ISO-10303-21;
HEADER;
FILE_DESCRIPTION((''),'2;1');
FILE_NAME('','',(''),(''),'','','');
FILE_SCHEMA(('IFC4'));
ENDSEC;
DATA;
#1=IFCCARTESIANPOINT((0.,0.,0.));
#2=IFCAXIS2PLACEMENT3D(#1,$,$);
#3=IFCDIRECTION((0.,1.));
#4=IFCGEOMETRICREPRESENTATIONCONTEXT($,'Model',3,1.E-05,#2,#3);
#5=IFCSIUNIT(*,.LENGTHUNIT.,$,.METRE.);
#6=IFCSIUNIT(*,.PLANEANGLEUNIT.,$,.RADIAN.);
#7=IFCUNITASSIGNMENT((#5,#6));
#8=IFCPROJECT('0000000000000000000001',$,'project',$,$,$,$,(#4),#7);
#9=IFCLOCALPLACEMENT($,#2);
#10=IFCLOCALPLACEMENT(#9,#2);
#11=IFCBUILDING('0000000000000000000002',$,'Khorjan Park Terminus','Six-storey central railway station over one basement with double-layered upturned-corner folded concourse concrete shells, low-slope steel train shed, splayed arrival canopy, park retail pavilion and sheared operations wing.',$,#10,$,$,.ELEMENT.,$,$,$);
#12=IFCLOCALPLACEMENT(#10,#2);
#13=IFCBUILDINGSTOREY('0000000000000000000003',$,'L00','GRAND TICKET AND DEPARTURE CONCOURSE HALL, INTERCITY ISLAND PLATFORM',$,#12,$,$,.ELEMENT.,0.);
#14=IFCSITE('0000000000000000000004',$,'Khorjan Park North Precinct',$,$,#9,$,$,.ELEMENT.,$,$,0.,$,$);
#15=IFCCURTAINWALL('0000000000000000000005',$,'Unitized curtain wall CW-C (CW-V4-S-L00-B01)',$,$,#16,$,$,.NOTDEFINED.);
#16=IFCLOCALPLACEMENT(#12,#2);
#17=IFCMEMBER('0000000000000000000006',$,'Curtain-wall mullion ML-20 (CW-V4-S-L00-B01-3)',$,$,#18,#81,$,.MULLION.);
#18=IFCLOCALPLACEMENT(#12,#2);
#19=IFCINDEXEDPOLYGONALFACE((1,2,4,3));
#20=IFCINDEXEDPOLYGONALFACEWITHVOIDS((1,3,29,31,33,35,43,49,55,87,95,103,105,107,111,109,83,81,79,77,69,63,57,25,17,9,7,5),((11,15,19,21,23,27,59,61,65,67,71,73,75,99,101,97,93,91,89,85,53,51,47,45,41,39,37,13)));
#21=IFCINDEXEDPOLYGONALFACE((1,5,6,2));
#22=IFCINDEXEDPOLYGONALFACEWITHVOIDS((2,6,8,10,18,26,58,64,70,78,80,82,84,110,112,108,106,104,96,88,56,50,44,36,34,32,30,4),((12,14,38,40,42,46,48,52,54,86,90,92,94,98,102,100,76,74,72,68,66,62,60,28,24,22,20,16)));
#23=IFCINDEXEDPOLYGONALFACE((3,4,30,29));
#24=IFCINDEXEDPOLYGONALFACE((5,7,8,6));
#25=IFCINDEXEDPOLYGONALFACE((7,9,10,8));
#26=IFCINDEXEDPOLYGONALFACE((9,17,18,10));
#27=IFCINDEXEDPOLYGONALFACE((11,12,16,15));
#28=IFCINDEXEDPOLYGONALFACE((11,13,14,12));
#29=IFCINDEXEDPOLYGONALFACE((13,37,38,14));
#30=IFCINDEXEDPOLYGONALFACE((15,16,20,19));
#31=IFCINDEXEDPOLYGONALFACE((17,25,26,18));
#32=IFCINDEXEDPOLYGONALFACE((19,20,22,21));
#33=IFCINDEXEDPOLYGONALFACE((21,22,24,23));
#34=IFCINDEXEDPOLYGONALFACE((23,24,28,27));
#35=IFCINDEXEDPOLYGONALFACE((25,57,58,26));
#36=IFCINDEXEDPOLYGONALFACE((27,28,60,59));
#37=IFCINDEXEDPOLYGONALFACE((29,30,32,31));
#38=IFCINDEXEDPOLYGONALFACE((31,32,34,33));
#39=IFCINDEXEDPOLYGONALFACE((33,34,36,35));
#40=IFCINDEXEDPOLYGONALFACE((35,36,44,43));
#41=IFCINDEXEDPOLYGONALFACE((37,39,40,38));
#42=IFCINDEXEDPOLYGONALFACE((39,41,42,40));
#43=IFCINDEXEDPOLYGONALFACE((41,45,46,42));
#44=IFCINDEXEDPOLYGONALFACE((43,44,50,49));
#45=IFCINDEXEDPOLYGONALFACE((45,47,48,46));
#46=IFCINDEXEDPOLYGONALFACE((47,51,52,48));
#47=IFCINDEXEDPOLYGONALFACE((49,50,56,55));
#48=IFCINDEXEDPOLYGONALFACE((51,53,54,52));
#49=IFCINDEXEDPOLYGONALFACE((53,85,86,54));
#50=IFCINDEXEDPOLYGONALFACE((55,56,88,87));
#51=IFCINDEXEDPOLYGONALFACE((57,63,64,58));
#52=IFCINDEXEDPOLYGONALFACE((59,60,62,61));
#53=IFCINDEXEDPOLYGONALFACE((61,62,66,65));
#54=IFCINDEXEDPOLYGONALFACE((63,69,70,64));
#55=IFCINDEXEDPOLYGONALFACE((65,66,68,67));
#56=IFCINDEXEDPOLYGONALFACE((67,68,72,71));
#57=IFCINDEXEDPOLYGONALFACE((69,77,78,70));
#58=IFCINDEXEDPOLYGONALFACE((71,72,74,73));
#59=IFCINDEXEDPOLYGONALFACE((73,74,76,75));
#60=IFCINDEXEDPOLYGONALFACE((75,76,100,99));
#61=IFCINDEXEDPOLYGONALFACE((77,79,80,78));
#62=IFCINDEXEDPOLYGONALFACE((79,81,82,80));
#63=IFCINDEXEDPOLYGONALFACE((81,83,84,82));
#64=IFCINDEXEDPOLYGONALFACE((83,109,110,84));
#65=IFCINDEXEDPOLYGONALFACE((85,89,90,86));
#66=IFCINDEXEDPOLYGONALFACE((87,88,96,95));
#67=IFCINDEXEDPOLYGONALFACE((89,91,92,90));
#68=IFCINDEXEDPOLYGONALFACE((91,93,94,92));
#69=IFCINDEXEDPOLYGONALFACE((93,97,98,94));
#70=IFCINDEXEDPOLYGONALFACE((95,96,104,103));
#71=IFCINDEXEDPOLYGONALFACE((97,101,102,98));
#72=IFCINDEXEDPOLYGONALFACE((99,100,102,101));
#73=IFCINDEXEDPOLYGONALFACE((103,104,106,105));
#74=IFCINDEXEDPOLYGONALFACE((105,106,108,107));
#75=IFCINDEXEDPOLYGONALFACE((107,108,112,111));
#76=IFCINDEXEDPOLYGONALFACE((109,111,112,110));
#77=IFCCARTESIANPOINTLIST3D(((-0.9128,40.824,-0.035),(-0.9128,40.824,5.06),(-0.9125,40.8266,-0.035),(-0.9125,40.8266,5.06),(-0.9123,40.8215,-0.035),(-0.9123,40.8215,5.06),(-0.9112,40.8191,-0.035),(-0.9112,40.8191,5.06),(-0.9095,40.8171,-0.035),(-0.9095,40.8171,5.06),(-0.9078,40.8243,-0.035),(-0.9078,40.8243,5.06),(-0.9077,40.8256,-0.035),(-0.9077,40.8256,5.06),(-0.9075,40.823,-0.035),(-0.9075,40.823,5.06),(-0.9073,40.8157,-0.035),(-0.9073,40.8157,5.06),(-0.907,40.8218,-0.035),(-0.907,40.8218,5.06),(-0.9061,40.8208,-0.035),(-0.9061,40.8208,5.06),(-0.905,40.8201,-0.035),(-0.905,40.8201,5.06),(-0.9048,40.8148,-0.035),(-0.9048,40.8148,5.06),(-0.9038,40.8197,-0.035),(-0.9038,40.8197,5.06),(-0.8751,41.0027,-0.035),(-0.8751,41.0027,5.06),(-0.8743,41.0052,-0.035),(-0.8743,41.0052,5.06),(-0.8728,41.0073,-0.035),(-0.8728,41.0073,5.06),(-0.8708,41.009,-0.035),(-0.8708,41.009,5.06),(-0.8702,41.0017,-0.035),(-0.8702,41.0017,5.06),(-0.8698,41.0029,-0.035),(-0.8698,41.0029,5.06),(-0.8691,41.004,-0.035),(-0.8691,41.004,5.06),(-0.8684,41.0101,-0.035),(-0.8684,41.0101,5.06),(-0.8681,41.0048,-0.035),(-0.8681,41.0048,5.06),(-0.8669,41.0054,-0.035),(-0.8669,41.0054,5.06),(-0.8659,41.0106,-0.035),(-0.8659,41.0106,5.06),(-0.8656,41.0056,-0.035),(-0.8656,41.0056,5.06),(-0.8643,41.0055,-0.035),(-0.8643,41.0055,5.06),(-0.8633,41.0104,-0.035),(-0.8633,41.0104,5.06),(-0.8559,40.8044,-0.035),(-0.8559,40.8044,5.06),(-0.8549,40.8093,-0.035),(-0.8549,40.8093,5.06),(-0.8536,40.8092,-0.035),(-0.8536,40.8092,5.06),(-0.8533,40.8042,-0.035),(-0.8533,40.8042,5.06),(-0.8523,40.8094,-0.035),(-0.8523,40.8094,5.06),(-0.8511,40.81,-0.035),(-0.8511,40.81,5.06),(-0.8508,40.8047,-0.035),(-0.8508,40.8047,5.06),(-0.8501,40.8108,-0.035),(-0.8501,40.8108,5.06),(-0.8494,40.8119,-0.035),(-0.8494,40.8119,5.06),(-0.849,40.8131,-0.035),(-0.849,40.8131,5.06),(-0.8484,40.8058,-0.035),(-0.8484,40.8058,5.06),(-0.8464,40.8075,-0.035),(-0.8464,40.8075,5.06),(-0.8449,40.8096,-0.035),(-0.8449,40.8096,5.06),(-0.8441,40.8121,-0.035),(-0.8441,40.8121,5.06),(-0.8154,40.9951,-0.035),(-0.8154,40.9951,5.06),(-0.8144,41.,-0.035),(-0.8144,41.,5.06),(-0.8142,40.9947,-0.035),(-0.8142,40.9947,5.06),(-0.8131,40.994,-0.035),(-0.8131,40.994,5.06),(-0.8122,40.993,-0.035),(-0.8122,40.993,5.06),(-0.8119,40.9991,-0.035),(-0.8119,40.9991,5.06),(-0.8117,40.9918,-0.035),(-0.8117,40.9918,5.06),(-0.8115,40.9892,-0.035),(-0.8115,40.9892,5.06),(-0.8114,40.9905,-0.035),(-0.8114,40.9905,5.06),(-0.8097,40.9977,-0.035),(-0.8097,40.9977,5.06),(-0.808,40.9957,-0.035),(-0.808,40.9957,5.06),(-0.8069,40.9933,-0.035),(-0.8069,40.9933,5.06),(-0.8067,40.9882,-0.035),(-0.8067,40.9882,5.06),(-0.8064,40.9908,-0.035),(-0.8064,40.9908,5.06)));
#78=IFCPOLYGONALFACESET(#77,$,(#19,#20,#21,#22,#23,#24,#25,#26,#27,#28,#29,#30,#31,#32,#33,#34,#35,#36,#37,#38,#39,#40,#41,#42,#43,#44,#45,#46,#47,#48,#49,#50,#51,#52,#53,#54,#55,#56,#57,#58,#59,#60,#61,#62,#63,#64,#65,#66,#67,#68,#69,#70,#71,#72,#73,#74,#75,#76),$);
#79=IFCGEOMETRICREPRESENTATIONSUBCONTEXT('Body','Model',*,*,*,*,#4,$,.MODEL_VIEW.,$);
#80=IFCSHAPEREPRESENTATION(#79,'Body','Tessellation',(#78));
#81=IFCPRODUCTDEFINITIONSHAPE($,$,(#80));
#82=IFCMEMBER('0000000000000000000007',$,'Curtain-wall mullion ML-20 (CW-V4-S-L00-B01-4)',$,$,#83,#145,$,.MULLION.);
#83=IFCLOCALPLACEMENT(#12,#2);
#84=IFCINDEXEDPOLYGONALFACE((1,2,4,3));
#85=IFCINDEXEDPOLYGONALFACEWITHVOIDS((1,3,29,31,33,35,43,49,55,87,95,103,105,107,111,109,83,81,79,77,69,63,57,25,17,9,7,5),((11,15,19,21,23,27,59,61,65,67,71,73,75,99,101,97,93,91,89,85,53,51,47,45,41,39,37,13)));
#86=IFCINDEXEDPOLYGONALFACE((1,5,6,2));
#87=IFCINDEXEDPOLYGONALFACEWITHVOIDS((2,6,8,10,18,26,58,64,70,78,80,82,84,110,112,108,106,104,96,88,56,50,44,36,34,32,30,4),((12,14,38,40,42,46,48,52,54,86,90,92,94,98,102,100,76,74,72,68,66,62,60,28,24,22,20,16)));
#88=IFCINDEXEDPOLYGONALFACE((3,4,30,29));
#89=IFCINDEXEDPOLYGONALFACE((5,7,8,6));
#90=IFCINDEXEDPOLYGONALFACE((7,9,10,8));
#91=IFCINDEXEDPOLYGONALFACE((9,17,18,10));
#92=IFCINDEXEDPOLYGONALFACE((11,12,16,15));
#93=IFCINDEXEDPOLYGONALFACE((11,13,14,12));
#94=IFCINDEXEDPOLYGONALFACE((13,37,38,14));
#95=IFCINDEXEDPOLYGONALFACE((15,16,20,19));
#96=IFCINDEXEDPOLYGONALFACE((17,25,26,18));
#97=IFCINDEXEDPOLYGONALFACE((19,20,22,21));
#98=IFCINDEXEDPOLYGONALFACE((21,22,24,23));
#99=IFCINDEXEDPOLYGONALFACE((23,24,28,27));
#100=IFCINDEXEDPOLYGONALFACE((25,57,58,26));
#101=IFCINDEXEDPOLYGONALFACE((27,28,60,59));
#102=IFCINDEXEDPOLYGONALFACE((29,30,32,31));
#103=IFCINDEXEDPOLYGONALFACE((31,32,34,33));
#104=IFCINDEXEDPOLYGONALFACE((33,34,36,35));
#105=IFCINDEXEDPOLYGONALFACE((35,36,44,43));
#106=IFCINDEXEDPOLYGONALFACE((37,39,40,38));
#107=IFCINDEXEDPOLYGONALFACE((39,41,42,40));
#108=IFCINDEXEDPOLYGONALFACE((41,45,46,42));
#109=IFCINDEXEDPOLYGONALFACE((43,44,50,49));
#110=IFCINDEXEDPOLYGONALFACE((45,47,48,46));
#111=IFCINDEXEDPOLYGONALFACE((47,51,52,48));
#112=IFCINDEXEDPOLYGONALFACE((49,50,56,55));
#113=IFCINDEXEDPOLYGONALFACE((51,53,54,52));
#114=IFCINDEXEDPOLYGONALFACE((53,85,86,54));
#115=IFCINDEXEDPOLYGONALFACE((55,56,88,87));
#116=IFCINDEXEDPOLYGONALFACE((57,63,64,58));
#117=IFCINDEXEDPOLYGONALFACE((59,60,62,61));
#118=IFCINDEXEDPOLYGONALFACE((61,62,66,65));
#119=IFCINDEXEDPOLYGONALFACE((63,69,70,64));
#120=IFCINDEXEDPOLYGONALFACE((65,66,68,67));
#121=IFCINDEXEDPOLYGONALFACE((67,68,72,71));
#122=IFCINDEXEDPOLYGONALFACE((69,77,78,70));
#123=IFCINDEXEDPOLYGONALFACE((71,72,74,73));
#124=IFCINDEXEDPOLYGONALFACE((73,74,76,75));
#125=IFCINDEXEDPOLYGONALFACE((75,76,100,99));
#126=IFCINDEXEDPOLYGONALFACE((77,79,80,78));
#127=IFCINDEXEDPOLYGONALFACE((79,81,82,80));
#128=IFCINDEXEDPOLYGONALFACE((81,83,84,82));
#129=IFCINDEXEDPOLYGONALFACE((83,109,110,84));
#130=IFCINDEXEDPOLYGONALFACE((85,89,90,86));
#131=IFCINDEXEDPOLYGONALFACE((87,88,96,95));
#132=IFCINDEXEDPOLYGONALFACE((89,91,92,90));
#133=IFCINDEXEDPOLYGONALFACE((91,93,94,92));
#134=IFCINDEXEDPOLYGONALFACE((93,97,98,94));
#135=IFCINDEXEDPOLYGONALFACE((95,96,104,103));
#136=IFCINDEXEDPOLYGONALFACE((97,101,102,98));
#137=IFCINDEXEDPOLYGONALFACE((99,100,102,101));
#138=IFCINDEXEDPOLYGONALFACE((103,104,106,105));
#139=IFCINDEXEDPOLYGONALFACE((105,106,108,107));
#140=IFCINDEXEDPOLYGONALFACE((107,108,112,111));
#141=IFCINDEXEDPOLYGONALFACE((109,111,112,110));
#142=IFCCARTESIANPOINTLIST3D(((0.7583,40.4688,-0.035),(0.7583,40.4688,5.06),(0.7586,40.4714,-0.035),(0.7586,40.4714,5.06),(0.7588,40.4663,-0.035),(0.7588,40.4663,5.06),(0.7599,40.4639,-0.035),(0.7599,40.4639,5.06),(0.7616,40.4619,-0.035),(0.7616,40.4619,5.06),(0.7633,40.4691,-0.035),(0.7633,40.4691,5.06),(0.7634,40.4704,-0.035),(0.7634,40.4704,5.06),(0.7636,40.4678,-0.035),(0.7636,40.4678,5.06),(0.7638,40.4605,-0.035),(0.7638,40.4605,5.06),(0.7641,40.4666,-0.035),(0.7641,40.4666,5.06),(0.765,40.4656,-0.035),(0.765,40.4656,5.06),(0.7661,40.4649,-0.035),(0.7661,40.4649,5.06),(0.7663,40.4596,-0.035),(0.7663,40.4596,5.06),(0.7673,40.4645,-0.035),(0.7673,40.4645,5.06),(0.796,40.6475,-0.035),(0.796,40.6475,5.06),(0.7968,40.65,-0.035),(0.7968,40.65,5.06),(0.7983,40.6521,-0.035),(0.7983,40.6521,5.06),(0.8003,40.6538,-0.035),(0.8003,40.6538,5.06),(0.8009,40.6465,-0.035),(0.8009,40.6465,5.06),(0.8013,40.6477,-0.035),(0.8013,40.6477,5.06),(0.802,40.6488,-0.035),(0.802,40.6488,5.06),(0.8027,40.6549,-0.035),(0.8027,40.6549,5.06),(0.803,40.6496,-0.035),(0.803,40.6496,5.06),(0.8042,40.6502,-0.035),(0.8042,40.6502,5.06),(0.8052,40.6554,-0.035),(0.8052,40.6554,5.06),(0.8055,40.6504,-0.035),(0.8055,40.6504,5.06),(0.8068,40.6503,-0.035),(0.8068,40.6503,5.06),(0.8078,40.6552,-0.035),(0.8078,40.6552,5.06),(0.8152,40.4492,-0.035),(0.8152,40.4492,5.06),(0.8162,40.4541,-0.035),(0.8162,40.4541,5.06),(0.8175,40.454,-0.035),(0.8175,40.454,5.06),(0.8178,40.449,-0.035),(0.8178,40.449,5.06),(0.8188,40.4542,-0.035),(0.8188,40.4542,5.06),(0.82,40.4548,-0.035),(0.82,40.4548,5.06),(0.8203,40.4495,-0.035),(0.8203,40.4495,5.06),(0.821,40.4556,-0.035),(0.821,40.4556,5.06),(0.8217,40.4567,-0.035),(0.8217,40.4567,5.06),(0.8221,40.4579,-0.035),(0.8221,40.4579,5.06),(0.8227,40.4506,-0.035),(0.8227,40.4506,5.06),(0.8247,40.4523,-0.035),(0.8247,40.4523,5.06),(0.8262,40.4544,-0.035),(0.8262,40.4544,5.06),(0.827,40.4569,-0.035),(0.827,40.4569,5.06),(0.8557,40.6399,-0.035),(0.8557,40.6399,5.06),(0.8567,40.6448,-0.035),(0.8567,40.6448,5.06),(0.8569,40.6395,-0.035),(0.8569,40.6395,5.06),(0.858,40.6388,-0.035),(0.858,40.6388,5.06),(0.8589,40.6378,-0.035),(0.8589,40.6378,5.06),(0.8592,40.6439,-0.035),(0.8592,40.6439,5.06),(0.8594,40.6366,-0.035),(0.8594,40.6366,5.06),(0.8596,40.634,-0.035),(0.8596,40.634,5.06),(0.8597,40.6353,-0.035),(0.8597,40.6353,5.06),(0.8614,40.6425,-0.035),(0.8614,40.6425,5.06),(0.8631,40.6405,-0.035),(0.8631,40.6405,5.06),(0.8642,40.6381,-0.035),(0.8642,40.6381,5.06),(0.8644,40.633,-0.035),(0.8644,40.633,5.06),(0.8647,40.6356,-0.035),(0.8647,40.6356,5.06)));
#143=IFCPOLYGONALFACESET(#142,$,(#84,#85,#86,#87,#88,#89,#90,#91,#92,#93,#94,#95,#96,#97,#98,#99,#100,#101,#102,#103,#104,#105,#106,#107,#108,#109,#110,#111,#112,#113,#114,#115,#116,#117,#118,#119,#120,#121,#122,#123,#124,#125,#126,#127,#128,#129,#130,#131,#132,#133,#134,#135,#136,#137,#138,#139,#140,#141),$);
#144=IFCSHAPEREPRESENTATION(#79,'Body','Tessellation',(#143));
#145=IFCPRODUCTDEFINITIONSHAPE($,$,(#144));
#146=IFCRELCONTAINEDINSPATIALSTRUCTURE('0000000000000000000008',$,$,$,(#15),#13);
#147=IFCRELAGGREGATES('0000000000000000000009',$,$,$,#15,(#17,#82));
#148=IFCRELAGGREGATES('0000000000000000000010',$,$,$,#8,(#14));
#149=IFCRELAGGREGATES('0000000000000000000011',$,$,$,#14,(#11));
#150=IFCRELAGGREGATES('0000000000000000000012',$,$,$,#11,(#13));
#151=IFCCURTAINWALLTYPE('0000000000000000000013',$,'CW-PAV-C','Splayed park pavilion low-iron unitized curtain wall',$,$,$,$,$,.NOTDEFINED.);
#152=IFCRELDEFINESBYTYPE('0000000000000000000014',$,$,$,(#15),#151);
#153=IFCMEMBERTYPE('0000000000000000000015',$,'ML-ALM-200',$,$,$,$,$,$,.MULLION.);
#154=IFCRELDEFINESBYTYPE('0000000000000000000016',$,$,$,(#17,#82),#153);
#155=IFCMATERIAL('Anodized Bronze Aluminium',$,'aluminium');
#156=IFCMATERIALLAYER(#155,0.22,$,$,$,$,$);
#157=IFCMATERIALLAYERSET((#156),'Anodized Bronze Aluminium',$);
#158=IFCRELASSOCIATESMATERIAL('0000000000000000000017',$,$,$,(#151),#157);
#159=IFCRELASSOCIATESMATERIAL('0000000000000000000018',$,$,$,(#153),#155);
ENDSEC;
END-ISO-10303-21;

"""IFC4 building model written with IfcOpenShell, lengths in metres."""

from ifc_helpers import new_model, si_unit, direction, frame, origin, origin_2d, place, context, subcontext, project, spatial, hollow_rectangle, extrude, material, layer, layer_set, material_profile, profile_set, type_object, element, aggregate, save


model = new_model("IFC4")

# Units and contexts
model_context = context("Model", 3, precision=1e-05, world=origin(), true_north=direction((0.0, 1.0)))
body_context = subcontext(model_context, "Body", "Model", "MODEL_VIEW")
ifc_project = project(units=[si_unit("LENGTHUNIT", "METRE"), si_unit("PLANEANGLEUNIT", "RADIAN")], contexts=[model_context])

# Site, building, storey
site_placement = place(None, origin())
site = spatial("IfcSite", under=ifc_project, at=site_placement, Name="Khorjan Park North Precinct", CompositionType="ELEMENT", RefElevation=0.0)
building_placement = place(site_placement, origin())
building = spatial("IfcBuilding", under=site, at=building_placement, Name="Khorjan Park Terminus", Description="Six-storey central railway station over one basement with double-layered upturned-corner folded concourse concrete shells, low-slope steel train shed, splayed arrival canopy, park retail pavilion and sheared operations wing.", CompositionType="ELEMENT")
storey_placement = place(building_placement, origin())
storey = spatial("IfcBuildingStorey", under=building, at=storey_placement, Name="L00", Description="GRAND TICKET AND DEPARTURE CONCOURSE HALL, INTERCITY ISLAND PLATFORM", CompositionType="ELEMENT", Elevation=0.0)

# Curtain wall, members
ifc_material_1 = material(Name="Anodized Bronze Aluminium", Category="aluminium")
ifc_layer_1 = layer(ifc_material_1, 0.22)
ifc_layer_set_1 = layer_set([ifc_layer_1], Name="Anodized Bronze Aluminium")
curtain_wall_type = type_object("IfcCurtainWallType", Name="CW-PAV-C", Description="Splayed park pavilion low-iron unitized curtain wall", PredefinedType="NOTDEFINED", material=ifc_layer_set_1)
curtain_wall_placement = place(storey_placement, origin())
curtain_wall = element("IfcCurtainWall", 1, at=curtain_wall_placement, inside=storey, type_object=curtain_wall_type, Name="Unitized curtain wall CW-C (CW-V4-S-L00-B01)", PredefinedType="NOTDEFINED")
ifc_material_profile_1 = material_profile(ifc_material_1, hollow_rectangle(XDim=0.07, YDim=0.2, WallThickness=0.005, InnerFilletRadius=0.005, OuterFilletRadius=0.01, at=origin_2d()), Name="ALM 70x200x5")
ifc_profile_set_1 = profile_set([ifc_material_profile_1], Name="Anodized Bronze Aluminium")
member_type_1 = type_object("IfcMemberType", Name="ML-ALM-200", PredefinedType="MULLION", material=ifc_profile_set_1)
member_1_placement = place(storey_placement, frame((-0.8596, 40.9074, -0.035), z_axis=(0.0, 0.0, 1.0), x_axis=(0.978147, -0.207914, 0.0)))
member_1 = element("IfcMember", 2, at=member_1_placement, type_object=member_type_1, Name="Curtain-wall mullion ML-20 (CW-V4-S-L00-B01-3)", PredefinedType="MULLION", context=body_context, shape_type="SweptSolid", body=[
    extrude(hollow_rectangle(XDim=0.07, YDim=0.2, WallThickness=0.005, InnerFilletRadius=0.005, OuterFilletRadius=0.01, at=origin_2d()), origin(), (0.0, 0.0, 1.0), 5.095),
])
member_2_placement = place(storey_placement, frame((0.8115, 40.5522, -0.035), z_axis=(0.0, 0.0, 1.0), x_axis=(0.978147, -0.207914, 0.0)))
member_2 = element("IfcMember", 3, at=member_2_placement, type_object=member_type_1, Name="Curtain-wall mullion ML-20 (CW-V4-S-L00-B01-4)", PredefinedType="MULLION", context=body_context, shape_type="SweptSolid", body=[
    extrude(hollow_rectangle(XDim=0.07, YDim=0.2, WallThickness=0.005, InnerFilletRadius=0.005, OuterFilletRadius=0.01, at=origin_2d()), origin(), (0.0, 0.0, 1.0), 5.095),
])
aggregate(curtain_wall, [member_1, member_2])

save(model, "model.ifc")
